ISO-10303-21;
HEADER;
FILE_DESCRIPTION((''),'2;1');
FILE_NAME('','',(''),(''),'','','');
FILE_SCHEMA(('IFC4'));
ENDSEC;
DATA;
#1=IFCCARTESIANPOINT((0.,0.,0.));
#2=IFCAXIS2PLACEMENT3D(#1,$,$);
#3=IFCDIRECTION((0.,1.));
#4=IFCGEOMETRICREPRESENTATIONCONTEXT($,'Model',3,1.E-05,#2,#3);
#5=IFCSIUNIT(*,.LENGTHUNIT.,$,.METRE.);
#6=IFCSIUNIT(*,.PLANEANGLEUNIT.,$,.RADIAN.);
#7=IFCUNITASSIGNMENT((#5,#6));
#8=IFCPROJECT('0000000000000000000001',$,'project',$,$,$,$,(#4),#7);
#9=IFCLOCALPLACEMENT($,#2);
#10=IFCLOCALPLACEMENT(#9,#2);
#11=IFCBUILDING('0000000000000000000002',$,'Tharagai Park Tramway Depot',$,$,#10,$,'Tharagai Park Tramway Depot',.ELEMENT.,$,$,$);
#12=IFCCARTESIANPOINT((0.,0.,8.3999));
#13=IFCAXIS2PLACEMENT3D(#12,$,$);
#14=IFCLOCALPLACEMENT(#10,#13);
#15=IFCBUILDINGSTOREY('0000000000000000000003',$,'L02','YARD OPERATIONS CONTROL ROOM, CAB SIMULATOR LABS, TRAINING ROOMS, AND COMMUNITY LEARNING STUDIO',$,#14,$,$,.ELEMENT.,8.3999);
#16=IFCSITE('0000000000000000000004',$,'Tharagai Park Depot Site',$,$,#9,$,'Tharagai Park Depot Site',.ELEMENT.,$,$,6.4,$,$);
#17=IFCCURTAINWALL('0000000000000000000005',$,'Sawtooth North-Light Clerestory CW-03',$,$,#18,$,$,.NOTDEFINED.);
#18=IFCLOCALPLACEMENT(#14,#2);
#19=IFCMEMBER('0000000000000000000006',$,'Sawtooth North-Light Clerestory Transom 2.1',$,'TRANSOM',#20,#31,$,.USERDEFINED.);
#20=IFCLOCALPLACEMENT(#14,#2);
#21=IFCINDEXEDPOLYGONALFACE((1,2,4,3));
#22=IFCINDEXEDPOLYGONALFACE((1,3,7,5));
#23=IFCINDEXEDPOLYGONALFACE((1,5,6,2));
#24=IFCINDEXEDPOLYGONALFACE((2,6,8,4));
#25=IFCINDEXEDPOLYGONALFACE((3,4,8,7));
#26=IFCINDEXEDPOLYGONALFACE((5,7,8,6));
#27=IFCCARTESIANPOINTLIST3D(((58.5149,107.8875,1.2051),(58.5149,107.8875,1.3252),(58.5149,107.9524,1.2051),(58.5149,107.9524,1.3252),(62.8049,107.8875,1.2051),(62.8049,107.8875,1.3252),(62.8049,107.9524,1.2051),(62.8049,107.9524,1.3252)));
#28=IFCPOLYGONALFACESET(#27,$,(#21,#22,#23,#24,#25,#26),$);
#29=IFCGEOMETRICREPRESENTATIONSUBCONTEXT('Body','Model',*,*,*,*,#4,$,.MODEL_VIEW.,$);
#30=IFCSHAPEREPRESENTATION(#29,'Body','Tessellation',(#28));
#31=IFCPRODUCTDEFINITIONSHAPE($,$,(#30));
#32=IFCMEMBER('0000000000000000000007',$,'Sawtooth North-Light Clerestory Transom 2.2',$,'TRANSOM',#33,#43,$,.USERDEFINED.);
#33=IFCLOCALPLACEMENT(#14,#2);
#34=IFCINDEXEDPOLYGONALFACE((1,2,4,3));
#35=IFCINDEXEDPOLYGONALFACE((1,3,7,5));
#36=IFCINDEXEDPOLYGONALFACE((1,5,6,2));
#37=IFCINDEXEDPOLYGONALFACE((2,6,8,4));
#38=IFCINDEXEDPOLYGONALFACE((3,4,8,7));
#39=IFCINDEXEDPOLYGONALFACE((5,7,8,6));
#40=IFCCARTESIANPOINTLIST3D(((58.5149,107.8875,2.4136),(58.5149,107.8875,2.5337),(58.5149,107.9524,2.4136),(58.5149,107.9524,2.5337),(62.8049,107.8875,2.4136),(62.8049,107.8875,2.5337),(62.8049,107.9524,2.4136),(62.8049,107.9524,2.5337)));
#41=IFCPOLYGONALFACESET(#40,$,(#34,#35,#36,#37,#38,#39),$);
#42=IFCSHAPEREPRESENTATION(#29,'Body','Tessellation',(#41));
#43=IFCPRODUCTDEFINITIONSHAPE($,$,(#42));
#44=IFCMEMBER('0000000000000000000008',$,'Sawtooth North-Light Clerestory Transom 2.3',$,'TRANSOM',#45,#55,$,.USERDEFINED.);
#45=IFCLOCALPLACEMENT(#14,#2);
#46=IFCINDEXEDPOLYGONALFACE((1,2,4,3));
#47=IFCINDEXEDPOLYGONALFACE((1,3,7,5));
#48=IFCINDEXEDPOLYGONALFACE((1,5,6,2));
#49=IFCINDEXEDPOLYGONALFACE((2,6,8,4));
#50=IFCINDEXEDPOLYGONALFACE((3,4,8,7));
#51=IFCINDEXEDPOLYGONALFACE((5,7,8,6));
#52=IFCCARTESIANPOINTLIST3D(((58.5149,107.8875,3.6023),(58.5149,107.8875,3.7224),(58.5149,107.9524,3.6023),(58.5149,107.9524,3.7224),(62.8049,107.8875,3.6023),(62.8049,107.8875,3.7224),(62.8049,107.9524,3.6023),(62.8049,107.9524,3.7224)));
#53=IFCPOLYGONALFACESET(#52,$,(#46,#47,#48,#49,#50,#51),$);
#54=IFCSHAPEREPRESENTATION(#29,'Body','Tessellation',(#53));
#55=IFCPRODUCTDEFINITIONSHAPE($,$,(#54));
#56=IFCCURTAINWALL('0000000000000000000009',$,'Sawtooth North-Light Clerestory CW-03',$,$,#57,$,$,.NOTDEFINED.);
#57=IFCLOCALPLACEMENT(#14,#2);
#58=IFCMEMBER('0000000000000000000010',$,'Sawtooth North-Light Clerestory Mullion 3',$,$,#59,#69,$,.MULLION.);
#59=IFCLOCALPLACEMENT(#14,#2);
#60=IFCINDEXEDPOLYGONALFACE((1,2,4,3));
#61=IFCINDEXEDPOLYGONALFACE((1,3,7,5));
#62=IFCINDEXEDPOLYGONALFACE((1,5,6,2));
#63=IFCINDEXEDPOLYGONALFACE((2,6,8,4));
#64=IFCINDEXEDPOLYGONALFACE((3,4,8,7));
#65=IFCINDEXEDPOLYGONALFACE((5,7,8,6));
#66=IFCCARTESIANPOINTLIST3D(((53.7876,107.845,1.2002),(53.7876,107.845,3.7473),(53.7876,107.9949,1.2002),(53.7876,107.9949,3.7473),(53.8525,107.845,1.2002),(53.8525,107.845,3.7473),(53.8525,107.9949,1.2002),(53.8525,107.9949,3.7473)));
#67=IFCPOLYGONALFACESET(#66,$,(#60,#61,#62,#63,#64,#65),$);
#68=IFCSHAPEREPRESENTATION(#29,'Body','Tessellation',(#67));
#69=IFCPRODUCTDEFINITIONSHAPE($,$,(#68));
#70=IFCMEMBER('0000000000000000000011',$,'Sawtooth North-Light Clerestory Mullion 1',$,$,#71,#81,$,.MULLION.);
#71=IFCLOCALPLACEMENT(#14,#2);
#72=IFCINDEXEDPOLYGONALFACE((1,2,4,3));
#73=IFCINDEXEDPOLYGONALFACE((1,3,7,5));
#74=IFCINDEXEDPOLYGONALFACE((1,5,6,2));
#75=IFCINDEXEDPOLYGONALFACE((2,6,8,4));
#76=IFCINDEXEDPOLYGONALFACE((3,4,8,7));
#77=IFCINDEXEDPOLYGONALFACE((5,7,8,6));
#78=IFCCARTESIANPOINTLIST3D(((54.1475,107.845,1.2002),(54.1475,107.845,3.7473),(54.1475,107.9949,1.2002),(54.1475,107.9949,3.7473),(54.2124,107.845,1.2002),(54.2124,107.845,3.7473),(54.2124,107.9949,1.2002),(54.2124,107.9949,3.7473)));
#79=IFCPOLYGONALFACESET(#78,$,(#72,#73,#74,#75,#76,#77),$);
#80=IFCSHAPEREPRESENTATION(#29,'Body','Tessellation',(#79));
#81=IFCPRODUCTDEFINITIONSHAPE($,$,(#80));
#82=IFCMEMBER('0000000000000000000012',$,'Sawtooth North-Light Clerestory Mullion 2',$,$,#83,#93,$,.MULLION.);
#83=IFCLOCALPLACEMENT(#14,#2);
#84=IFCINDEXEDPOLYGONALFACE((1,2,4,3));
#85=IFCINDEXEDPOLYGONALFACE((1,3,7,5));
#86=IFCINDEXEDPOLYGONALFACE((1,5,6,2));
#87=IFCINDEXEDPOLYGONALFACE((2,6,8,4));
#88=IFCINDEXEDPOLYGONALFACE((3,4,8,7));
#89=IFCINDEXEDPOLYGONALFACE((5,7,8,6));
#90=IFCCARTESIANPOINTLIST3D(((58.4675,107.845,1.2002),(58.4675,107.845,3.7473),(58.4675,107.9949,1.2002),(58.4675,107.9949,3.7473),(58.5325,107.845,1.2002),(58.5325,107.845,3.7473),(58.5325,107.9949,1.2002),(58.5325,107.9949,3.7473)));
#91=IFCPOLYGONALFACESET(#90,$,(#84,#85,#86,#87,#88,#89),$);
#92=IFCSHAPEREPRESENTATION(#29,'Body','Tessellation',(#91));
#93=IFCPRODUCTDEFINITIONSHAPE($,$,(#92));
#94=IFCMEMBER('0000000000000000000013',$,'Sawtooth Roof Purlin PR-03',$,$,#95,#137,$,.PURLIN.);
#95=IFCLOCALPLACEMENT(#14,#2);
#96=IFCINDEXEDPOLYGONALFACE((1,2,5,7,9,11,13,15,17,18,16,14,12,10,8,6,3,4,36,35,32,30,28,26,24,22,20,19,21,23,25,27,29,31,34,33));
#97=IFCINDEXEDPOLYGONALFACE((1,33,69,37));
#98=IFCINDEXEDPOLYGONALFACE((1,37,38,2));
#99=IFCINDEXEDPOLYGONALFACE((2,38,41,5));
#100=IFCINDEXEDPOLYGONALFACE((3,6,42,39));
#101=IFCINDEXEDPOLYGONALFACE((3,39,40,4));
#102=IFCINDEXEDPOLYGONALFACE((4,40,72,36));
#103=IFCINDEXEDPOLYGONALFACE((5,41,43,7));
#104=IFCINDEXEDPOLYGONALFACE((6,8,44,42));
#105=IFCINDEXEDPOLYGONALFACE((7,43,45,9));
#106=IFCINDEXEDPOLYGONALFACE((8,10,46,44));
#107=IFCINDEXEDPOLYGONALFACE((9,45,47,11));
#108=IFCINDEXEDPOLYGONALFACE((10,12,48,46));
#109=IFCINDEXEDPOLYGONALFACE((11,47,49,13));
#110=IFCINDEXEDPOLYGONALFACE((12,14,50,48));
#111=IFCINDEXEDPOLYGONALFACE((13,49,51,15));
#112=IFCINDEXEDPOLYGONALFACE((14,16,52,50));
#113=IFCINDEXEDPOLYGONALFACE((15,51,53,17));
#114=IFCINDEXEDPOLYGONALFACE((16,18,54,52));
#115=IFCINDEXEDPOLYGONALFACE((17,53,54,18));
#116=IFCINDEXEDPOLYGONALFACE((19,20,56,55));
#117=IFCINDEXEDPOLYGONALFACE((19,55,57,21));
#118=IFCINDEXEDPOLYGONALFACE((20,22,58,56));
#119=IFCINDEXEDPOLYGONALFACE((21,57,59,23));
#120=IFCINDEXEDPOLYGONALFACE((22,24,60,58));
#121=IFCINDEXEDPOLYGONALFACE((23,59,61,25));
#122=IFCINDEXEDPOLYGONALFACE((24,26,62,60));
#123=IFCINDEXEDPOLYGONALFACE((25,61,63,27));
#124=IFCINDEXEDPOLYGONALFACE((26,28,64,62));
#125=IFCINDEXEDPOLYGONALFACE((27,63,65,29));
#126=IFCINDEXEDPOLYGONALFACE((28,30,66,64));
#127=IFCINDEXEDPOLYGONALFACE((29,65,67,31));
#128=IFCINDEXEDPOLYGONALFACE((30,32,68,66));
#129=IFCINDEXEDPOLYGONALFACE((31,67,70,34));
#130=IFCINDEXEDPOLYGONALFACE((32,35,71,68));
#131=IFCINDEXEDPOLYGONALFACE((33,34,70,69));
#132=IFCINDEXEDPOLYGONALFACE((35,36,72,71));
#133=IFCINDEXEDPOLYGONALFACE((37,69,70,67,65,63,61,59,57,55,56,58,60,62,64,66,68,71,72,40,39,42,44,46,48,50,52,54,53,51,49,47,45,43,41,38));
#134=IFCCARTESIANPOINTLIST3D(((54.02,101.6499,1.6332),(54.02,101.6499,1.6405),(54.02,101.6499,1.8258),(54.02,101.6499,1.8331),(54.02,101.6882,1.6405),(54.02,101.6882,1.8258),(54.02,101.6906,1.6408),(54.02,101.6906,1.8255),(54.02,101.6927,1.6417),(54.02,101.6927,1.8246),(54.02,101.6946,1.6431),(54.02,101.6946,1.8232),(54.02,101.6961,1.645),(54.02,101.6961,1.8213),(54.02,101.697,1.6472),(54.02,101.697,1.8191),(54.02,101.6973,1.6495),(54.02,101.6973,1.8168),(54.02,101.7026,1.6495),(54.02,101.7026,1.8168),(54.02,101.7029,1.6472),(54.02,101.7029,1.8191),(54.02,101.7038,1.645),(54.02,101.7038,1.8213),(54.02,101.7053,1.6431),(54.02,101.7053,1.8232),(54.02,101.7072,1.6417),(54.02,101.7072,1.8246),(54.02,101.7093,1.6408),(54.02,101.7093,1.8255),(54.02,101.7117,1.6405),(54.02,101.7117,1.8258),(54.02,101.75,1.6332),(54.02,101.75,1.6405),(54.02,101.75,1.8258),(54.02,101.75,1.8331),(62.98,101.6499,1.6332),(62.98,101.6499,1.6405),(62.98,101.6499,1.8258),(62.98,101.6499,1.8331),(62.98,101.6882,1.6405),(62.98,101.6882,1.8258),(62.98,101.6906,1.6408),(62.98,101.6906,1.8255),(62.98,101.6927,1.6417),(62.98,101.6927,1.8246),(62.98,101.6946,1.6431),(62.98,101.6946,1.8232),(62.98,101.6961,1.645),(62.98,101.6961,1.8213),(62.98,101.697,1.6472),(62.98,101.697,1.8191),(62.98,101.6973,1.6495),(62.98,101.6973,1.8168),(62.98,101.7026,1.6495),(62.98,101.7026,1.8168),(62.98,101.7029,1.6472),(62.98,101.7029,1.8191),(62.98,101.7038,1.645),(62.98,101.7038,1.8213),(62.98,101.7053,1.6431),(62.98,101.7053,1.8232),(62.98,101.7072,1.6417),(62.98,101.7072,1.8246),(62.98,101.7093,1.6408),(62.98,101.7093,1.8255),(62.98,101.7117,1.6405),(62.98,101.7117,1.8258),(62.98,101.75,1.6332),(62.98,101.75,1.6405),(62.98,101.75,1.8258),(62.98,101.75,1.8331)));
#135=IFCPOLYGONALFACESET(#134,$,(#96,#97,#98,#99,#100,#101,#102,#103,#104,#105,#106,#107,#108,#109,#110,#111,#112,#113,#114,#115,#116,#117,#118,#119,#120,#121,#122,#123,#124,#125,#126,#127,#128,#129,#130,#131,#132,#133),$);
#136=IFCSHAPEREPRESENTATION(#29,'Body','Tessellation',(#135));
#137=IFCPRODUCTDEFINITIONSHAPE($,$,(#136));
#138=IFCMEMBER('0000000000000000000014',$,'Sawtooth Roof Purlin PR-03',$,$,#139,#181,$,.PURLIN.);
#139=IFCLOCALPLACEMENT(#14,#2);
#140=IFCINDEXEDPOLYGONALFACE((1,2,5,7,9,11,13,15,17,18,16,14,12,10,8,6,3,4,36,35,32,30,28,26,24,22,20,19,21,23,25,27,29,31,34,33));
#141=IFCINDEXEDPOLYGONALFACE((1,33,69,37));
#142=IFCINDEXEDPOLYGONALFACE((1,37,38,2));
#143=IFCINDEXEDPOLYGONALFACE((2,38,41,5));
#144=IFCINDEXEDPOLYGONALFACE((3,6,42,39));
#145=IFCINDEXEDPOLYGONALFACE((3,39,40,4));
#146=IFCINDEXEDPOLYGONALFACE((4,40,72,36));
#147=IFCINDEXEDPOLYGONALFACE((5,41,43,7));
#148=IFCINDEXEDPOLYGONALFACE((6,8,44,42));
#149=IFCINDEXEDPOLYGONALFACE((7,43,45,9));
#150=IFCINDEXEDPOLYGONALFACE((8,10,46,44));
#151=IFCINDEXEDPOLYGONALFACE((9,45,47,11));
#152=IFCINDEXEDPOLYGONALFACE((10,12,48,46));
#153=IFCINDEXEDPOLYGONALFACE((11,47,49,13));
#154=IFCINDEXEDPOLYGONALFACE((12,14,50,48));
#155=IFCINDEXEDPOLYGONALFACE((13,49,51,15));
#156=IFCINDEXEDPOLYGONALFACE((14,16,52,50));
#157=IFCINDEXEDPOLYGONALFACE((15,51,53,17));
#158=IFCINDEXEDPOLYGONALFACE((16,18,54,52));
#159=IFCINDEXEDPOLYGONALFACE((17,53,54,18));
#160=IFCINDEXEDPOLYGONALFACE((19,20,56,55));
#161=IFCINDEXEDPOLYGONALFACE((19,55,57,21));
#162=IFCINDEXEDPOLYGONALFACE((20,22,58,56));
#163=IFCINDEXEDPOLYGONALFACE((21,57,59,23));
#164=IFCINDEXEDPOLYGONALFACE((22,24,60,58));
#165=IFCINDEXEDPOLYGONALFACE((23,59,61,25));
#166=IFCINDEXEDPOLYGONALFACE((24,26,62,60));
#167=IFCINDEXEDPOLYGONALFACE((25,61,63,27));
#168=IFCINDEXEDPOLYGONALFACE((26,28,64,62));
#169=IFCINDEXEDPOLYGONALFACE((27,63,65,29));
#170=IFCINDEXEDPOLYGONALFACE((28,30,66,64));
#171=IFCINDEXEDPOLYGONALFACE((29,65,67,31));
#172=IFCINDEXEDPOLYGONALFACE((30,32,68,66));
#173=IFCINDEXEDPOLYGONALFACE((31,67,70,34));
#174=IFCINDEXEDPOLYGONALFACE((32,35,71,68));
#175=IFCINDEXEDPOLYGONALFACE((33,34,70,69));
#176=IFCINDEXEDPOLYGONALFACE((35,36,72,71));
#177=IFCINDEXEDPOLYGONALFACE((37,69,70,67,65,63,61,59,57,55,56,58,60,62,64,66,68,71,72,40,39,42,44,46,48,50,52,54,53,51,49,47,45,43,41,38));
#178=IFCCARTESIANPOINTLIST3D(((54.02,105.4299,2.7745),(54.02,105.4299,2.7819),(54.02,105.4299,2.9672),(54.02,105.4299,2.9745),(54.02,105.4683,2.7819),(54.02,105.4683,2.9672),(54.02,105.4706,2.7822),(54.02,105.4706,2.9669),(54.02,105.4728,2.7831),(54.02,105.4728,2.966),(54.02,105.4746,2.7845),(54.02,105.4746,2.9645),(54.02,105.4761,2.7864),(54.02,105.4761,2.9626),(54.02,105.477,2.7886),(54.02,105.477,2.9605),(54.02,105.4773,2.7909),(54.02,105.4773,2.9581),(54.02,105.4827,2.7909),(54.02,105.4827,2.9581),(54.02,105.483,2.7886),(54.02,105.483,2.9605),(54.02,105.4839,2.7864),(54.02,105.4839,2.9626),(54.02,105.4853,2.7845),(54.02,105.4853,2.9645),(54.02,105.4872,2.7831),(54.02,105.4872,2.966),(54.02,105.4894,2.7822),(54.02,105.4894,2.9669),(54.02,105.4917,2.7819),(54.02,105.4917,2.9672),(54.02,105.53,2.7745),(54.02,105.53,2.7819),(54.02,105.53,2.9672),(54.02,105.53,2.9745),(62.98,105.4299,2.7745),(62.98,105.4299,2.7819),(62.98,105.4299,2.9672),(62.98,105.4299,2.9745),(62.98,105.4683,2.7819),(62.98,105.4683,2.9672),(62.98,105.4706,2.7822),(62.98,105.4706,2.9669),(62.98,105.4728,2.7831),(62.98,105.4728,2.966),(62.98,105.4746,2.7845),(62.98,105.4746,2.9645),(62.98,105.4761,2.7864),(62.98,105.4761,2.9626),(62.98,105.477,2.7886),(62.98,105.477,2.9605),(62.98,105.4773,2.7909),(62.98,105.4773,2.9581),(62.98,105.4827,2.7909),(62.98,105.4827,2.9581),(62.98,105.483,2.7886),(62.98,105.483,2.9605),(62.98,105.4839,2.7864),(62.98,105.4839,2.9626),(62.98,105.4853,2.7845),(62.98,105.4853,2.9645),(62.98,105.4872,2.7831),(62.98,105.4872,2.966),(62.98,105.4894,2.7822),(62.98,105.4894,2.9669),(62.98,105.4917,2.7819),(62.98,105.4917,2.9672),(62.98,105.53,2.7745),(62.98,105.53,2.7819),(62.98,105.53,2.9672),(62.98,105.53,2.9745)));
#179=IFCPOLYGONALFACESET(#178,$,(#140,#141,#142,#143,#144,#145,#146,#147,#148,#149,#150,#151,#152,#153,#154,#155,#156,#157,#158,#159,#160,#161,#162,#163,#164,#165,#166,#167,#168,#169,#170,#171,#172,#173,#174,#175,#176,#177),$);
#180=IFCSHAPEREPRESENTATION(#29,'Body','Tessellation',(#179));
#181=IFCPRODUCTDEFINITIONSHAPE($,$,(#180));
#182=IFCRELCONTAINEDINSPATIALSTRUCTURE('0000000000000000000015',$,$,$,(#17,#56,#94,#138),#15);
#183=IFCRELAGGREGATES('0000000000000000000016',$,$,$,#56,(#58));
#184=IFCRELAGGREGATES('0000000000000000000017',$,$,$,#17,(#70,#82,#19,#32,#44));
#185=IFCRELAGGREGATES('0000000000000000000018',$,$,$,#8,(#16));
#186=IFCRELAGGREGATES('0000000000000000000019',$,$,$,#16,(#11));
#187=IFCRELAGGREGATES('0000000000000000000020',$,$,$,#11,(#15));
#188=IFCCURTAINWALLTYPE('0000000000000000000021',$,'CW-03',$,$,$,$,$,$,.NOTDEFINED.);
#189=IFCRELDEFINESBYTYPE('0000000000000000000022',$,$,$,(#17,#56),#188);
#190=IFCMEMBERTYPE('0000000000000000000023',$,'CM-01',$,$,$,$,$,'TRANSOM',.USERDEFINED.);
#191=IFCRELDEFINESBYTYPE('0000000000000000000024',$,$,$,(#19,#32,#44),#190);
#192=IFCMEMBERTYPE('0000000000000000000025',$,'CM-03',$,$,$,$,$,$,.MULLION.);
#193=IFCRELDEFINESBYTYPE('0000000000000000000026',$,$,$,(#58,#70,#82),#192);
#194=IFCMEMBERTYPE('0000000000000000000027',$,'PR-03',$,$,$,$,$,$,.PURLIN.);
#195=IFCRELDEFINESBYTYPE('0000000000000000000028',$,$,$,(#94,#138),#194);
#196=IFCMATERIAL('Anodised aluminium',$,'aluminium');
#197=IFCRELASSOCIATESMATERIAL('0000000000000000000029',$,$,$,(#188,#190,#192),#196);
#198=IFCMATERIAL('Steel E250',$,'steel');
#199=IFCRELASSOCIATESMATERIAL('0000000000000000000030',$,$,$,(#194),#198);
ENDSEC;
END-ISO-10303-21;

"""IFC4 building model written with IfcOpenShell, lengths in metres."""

from ifc_helpers import new_model, si_unit, direction, frame, origin, origin_2d, place, context, subcontext, project, spatial, rectangle, i_section, extrude, material, material_profile, profile_set, type_object, element, aggregate, save


model = new_model("IFC4")

# Units and contexts
model_context = context("Model", 3, precision=1e-05, world=origin(), true_north=direction((0.0, 1.0)))
body_context = subcontext(model_context, "Body", "Model", "MODEL_VIEW")
ifc_project = project(units=[si_unit("LENGTHUNIT", "METRE"), si_unit("PLANEANGLEUNIT", "RADIAN")], contexts=[model_context])

# Site, building, storey
site_placement = place(None, origin())
site = spatial("IfcSite", under=ifc_project, at=site_placement, Name="Tharagai Park Depot Site", LongName="Tharagai Park Depot Site", CompositionType="ELEMENT", RefElevation=6.4)
building_placement = place(site_placement, origin())
building = spatial("IfcBuilding", under=site, at=building_placement, Name="Tharagai Park Tramway Depot", LongName="Tharagai Park Tramway Depot", CompositionType="ELEMENT")
storey_placement = place(building_placement, frame((0.0, 0.0, 8.3999)))
storey = spatial("IfcBuildingStorey", under=building, at=storey_placement, Name="L02", Description="YARD OPERATIONS CONTROL ROOM, CAB SIMULATOR LABS, TRAINING ROOMS, AND COMMUNITY LEARNING STUDIO", CompositionType="ELEMENT", Elevation=8.3999)

# Curtain wall, members
ifc_material_1 = material(Name="Anodised aluminium", Category="aluminium")
curtain_wall_type = type_object("IfcCurtainWallType", Name="CW-03", PredefinedType="NOTDEFINED", material=ifc_material_1)
curtain_wall_1_placement = place(storey_placement, origin())
curtain_wall_1 = element("IfcCurtainWall", 1, at=curtain_wall_1_placement, inside=storey, type_object=curtain_wall_type, Name="Sawtooth North-Light Clerestory CW-03", PredefinedType="NOTDEFINED")
ifc_material_profile_1 = material_profile(ifc_material_1, rectangle(XDim=0.0649, YDim=0.1201, at=origin_2d()), Name="ALU 65x120")
ifc_profile_set_1 = profile_set([ifc_material_profile_1], Name="Anodised aluminium")
member_type_1 = type_object("IfcMemberType", Name="CM-01", ElementType="TRANSOM", PredefinedType="USERDEFINED", material=ifc_profile_set_1)
member_1_placement = place(storey_placement, frame((58.5149, 107.9199, 1.2651), z_axis=(1.0, 0.0, 0.0), x_axis=(0.0, 1.0, 0.0)))
member_1 = element("IfcMember", 2, at=member_1_placement, type_object=member_type_1, Name="Sawtooth North-Light Clerestory Transom 2.1", ObjectType="TRANSOM", PredefinedType="USERDEFINED", context=body_context, shape_type="SweptSolid", body=[
    extrude(rectangle(XDim=0.0649, YDim=0.1201, at=origin_2d()), origin(), (0.0, 0.0, 1.0), 4.29),
])
member_2_placement = place(storey_placement, frame((58.5149, 107.9199, 2.4736), z_axis=(1.0, 0.0, 0.0), x_axis=(0.0, 1.0, 0.0)))
member_2 = element("IfcMember", 3, at=member_2_placement, type_object=member_type_1, Name="Sawtooth North-Light Clerestory Transom 2.2", ObjectType="TRANSOM", PredefinedType="USERDEFINED", context=body_context, shape_type="SweptSolid", body=[
    extrude(rectangle(XDim=0.0649, YDim=0.1201, at=origin_2d()), origin(), (0.0, 0.0, 1.0), 4.29),
])
member_3_placement = place(storey_placement, frame((58.5149, 107.9199, 3.6624), z_axis=(1.0, 0.0, 0.0), x_axis=(0.0, 1.0, 0.0)))
member_3 = element("IfcMember", 4, at=member_3_placement, type_object=member_type_1, Name="Sawtooth North-Light Clerestory Transom 2.3", ObjectType="TRANSOM", PredefinedType="USERDEFINED", context=body_context, shape_type="SweptSolid", body=[
    extrude(rectangle(XDim=0.0649, YDim=0.1201, at=origin_2d()), origin(), (0.0, 0.0, 1.0), 4.29),
])

# Curtain wall, member
curtain_wall_2_placement = place(storey_placement, origin())
curtain_wall_2 = element("IfcCurtainWall", 5, at=curtain_wall_2_placement, inside=storey, type_object=curtain_wall_type, Name="Sawtooth North-Light Clerestory CW-03", PredefinedType="NOTDEFINED")
ifc_material_profile_2 = material_profile(ifc_material_1, rectangle(XDim=0.0649, YDim=0.1499, at=origin_2d()), Name="ALU 65x150")
ifc_profile_set_2 = profile_set([ifc_material_profile_2], Name="Anodised aluminium")
member_type_2 = type_object("IfcMemberType", Name="CM-03", PredefinedType="MULLION", material=ifc_profile_set_2)
member_4_placement = place(storey_placement, frame((53.8201, 107.9199, 1.2002), z_axis=(0.0, 0.0, 1.0), x_axis=(1.0, 0.0, 0.0)))
member_4 = element("IfcMember", 6, at=member_4_placement, type_object=member_type_2, Name="Sawtooth North-Light Clerestory Mullion 3", PredefinedType="MULLION", context=body_context, shape_type="SweptSolid", body=[
    extrude(rectangle(XDim=0.0649, YDim=0.1499, at=origin_2d()), origin(), (0.0, 0.0, 1.0), 2.5471),
])
aggregate(curtain_wall_2, [member_4])

# Members
member_5_placement = place(storey_placement, frame((54.1799, 107.9199, 1.2002), z_axis=(0.0, 0.0, 1.0), x_axis=(1.0, 0.0, 0.0)))
member_5 = element("IfcMember", 7, at=member_5_placement, type_object=member_type_2, Name="Sawtooth North-Light Clerestory Mullion 1", PredefinedType="MULLION", context=body_context, shape_type="SweptSolid", body=[
    extrude(rectangle(XDim=0.0649, YDim=0.1499, at=origin_2d()), origin(), (0.0, 0.0, 1.0), 2.5471),
])
member_6_placement = place(storey_placement, frame((58.5, 107.9199, 1.2002), z_axis=(0.0, 0.0, 1.0), x_axis=(1.0, 0.0, 0.0)))
member_6 = element("IfcMember", 8, at=member_6_placement, type_object=member_type_2, Name="Sawtooth North-Light Clerestory Mullion 2", PredefinedType="MULLION", context=body_context, shape_type="SweptSolid", body=[
    extrude(rectangle(XDim=0.0649, YDim=0.1499, at=origin_2d()), origin(), (0.0, 0.0, 1.0), 2.5471),
])

# Members
ifc_material_2 = material(Name="Steel E250", Category="steel")
ifc_material_profile_3 = material_profile(ifc_material_2, i_section(OverallWidth=0.1001, OverallDepth=0.2, WebThickness=0.0054, FlangeThickness=0.0073, FilletRadius=0.009, at=origin_2d()), Name="ISLB 200")
ifc_profile_set_3 = profile_set([ifc_material_profile_3], Name="Steel E250")
member_type_3 = type_object("IfcMemberType", Name="PR-03", PredefinedType="PURLIN", material=ifc_profile_set_3)
for number, where, z_axis, x_axis, name in (
    (9, (54.02, 101.7, 1.7332), (1.0, 0.0, 0.0), (0.0, 1.0, 0.0), "Sawtooth Roof Purlin PR-03"),
    (10, (54.02, 105.48, 2.8745), (1.0, 0.0, 0.0), (0.0, 1.0, 0.0), "Sawtooth Roof Purlin PR-03"),
):
    element("IfcMember", number, at=place(storey_placement, frame(where, z_axis=z_axis, x_axis=x_axis)), inside=storey, type_object=member_type_3, Name=name, PredefinedType="PURLIN", context=body_context, shape_type="SweptSolid", body=[
        extrude(i_section(OverallWidth=0.1001, OverallDepth=0.2, WebThickness=0.0054, FlangeThickness=0.0073, FilletRadius=0.009, at=origin_2d()), origin(), (0.0, 0.0, 1.0), 8.96),
    ])

aggregate(curtain_wall_1, [member_5, member_6, member_1, member_2, member_3])

save(model, "model.ifc")
